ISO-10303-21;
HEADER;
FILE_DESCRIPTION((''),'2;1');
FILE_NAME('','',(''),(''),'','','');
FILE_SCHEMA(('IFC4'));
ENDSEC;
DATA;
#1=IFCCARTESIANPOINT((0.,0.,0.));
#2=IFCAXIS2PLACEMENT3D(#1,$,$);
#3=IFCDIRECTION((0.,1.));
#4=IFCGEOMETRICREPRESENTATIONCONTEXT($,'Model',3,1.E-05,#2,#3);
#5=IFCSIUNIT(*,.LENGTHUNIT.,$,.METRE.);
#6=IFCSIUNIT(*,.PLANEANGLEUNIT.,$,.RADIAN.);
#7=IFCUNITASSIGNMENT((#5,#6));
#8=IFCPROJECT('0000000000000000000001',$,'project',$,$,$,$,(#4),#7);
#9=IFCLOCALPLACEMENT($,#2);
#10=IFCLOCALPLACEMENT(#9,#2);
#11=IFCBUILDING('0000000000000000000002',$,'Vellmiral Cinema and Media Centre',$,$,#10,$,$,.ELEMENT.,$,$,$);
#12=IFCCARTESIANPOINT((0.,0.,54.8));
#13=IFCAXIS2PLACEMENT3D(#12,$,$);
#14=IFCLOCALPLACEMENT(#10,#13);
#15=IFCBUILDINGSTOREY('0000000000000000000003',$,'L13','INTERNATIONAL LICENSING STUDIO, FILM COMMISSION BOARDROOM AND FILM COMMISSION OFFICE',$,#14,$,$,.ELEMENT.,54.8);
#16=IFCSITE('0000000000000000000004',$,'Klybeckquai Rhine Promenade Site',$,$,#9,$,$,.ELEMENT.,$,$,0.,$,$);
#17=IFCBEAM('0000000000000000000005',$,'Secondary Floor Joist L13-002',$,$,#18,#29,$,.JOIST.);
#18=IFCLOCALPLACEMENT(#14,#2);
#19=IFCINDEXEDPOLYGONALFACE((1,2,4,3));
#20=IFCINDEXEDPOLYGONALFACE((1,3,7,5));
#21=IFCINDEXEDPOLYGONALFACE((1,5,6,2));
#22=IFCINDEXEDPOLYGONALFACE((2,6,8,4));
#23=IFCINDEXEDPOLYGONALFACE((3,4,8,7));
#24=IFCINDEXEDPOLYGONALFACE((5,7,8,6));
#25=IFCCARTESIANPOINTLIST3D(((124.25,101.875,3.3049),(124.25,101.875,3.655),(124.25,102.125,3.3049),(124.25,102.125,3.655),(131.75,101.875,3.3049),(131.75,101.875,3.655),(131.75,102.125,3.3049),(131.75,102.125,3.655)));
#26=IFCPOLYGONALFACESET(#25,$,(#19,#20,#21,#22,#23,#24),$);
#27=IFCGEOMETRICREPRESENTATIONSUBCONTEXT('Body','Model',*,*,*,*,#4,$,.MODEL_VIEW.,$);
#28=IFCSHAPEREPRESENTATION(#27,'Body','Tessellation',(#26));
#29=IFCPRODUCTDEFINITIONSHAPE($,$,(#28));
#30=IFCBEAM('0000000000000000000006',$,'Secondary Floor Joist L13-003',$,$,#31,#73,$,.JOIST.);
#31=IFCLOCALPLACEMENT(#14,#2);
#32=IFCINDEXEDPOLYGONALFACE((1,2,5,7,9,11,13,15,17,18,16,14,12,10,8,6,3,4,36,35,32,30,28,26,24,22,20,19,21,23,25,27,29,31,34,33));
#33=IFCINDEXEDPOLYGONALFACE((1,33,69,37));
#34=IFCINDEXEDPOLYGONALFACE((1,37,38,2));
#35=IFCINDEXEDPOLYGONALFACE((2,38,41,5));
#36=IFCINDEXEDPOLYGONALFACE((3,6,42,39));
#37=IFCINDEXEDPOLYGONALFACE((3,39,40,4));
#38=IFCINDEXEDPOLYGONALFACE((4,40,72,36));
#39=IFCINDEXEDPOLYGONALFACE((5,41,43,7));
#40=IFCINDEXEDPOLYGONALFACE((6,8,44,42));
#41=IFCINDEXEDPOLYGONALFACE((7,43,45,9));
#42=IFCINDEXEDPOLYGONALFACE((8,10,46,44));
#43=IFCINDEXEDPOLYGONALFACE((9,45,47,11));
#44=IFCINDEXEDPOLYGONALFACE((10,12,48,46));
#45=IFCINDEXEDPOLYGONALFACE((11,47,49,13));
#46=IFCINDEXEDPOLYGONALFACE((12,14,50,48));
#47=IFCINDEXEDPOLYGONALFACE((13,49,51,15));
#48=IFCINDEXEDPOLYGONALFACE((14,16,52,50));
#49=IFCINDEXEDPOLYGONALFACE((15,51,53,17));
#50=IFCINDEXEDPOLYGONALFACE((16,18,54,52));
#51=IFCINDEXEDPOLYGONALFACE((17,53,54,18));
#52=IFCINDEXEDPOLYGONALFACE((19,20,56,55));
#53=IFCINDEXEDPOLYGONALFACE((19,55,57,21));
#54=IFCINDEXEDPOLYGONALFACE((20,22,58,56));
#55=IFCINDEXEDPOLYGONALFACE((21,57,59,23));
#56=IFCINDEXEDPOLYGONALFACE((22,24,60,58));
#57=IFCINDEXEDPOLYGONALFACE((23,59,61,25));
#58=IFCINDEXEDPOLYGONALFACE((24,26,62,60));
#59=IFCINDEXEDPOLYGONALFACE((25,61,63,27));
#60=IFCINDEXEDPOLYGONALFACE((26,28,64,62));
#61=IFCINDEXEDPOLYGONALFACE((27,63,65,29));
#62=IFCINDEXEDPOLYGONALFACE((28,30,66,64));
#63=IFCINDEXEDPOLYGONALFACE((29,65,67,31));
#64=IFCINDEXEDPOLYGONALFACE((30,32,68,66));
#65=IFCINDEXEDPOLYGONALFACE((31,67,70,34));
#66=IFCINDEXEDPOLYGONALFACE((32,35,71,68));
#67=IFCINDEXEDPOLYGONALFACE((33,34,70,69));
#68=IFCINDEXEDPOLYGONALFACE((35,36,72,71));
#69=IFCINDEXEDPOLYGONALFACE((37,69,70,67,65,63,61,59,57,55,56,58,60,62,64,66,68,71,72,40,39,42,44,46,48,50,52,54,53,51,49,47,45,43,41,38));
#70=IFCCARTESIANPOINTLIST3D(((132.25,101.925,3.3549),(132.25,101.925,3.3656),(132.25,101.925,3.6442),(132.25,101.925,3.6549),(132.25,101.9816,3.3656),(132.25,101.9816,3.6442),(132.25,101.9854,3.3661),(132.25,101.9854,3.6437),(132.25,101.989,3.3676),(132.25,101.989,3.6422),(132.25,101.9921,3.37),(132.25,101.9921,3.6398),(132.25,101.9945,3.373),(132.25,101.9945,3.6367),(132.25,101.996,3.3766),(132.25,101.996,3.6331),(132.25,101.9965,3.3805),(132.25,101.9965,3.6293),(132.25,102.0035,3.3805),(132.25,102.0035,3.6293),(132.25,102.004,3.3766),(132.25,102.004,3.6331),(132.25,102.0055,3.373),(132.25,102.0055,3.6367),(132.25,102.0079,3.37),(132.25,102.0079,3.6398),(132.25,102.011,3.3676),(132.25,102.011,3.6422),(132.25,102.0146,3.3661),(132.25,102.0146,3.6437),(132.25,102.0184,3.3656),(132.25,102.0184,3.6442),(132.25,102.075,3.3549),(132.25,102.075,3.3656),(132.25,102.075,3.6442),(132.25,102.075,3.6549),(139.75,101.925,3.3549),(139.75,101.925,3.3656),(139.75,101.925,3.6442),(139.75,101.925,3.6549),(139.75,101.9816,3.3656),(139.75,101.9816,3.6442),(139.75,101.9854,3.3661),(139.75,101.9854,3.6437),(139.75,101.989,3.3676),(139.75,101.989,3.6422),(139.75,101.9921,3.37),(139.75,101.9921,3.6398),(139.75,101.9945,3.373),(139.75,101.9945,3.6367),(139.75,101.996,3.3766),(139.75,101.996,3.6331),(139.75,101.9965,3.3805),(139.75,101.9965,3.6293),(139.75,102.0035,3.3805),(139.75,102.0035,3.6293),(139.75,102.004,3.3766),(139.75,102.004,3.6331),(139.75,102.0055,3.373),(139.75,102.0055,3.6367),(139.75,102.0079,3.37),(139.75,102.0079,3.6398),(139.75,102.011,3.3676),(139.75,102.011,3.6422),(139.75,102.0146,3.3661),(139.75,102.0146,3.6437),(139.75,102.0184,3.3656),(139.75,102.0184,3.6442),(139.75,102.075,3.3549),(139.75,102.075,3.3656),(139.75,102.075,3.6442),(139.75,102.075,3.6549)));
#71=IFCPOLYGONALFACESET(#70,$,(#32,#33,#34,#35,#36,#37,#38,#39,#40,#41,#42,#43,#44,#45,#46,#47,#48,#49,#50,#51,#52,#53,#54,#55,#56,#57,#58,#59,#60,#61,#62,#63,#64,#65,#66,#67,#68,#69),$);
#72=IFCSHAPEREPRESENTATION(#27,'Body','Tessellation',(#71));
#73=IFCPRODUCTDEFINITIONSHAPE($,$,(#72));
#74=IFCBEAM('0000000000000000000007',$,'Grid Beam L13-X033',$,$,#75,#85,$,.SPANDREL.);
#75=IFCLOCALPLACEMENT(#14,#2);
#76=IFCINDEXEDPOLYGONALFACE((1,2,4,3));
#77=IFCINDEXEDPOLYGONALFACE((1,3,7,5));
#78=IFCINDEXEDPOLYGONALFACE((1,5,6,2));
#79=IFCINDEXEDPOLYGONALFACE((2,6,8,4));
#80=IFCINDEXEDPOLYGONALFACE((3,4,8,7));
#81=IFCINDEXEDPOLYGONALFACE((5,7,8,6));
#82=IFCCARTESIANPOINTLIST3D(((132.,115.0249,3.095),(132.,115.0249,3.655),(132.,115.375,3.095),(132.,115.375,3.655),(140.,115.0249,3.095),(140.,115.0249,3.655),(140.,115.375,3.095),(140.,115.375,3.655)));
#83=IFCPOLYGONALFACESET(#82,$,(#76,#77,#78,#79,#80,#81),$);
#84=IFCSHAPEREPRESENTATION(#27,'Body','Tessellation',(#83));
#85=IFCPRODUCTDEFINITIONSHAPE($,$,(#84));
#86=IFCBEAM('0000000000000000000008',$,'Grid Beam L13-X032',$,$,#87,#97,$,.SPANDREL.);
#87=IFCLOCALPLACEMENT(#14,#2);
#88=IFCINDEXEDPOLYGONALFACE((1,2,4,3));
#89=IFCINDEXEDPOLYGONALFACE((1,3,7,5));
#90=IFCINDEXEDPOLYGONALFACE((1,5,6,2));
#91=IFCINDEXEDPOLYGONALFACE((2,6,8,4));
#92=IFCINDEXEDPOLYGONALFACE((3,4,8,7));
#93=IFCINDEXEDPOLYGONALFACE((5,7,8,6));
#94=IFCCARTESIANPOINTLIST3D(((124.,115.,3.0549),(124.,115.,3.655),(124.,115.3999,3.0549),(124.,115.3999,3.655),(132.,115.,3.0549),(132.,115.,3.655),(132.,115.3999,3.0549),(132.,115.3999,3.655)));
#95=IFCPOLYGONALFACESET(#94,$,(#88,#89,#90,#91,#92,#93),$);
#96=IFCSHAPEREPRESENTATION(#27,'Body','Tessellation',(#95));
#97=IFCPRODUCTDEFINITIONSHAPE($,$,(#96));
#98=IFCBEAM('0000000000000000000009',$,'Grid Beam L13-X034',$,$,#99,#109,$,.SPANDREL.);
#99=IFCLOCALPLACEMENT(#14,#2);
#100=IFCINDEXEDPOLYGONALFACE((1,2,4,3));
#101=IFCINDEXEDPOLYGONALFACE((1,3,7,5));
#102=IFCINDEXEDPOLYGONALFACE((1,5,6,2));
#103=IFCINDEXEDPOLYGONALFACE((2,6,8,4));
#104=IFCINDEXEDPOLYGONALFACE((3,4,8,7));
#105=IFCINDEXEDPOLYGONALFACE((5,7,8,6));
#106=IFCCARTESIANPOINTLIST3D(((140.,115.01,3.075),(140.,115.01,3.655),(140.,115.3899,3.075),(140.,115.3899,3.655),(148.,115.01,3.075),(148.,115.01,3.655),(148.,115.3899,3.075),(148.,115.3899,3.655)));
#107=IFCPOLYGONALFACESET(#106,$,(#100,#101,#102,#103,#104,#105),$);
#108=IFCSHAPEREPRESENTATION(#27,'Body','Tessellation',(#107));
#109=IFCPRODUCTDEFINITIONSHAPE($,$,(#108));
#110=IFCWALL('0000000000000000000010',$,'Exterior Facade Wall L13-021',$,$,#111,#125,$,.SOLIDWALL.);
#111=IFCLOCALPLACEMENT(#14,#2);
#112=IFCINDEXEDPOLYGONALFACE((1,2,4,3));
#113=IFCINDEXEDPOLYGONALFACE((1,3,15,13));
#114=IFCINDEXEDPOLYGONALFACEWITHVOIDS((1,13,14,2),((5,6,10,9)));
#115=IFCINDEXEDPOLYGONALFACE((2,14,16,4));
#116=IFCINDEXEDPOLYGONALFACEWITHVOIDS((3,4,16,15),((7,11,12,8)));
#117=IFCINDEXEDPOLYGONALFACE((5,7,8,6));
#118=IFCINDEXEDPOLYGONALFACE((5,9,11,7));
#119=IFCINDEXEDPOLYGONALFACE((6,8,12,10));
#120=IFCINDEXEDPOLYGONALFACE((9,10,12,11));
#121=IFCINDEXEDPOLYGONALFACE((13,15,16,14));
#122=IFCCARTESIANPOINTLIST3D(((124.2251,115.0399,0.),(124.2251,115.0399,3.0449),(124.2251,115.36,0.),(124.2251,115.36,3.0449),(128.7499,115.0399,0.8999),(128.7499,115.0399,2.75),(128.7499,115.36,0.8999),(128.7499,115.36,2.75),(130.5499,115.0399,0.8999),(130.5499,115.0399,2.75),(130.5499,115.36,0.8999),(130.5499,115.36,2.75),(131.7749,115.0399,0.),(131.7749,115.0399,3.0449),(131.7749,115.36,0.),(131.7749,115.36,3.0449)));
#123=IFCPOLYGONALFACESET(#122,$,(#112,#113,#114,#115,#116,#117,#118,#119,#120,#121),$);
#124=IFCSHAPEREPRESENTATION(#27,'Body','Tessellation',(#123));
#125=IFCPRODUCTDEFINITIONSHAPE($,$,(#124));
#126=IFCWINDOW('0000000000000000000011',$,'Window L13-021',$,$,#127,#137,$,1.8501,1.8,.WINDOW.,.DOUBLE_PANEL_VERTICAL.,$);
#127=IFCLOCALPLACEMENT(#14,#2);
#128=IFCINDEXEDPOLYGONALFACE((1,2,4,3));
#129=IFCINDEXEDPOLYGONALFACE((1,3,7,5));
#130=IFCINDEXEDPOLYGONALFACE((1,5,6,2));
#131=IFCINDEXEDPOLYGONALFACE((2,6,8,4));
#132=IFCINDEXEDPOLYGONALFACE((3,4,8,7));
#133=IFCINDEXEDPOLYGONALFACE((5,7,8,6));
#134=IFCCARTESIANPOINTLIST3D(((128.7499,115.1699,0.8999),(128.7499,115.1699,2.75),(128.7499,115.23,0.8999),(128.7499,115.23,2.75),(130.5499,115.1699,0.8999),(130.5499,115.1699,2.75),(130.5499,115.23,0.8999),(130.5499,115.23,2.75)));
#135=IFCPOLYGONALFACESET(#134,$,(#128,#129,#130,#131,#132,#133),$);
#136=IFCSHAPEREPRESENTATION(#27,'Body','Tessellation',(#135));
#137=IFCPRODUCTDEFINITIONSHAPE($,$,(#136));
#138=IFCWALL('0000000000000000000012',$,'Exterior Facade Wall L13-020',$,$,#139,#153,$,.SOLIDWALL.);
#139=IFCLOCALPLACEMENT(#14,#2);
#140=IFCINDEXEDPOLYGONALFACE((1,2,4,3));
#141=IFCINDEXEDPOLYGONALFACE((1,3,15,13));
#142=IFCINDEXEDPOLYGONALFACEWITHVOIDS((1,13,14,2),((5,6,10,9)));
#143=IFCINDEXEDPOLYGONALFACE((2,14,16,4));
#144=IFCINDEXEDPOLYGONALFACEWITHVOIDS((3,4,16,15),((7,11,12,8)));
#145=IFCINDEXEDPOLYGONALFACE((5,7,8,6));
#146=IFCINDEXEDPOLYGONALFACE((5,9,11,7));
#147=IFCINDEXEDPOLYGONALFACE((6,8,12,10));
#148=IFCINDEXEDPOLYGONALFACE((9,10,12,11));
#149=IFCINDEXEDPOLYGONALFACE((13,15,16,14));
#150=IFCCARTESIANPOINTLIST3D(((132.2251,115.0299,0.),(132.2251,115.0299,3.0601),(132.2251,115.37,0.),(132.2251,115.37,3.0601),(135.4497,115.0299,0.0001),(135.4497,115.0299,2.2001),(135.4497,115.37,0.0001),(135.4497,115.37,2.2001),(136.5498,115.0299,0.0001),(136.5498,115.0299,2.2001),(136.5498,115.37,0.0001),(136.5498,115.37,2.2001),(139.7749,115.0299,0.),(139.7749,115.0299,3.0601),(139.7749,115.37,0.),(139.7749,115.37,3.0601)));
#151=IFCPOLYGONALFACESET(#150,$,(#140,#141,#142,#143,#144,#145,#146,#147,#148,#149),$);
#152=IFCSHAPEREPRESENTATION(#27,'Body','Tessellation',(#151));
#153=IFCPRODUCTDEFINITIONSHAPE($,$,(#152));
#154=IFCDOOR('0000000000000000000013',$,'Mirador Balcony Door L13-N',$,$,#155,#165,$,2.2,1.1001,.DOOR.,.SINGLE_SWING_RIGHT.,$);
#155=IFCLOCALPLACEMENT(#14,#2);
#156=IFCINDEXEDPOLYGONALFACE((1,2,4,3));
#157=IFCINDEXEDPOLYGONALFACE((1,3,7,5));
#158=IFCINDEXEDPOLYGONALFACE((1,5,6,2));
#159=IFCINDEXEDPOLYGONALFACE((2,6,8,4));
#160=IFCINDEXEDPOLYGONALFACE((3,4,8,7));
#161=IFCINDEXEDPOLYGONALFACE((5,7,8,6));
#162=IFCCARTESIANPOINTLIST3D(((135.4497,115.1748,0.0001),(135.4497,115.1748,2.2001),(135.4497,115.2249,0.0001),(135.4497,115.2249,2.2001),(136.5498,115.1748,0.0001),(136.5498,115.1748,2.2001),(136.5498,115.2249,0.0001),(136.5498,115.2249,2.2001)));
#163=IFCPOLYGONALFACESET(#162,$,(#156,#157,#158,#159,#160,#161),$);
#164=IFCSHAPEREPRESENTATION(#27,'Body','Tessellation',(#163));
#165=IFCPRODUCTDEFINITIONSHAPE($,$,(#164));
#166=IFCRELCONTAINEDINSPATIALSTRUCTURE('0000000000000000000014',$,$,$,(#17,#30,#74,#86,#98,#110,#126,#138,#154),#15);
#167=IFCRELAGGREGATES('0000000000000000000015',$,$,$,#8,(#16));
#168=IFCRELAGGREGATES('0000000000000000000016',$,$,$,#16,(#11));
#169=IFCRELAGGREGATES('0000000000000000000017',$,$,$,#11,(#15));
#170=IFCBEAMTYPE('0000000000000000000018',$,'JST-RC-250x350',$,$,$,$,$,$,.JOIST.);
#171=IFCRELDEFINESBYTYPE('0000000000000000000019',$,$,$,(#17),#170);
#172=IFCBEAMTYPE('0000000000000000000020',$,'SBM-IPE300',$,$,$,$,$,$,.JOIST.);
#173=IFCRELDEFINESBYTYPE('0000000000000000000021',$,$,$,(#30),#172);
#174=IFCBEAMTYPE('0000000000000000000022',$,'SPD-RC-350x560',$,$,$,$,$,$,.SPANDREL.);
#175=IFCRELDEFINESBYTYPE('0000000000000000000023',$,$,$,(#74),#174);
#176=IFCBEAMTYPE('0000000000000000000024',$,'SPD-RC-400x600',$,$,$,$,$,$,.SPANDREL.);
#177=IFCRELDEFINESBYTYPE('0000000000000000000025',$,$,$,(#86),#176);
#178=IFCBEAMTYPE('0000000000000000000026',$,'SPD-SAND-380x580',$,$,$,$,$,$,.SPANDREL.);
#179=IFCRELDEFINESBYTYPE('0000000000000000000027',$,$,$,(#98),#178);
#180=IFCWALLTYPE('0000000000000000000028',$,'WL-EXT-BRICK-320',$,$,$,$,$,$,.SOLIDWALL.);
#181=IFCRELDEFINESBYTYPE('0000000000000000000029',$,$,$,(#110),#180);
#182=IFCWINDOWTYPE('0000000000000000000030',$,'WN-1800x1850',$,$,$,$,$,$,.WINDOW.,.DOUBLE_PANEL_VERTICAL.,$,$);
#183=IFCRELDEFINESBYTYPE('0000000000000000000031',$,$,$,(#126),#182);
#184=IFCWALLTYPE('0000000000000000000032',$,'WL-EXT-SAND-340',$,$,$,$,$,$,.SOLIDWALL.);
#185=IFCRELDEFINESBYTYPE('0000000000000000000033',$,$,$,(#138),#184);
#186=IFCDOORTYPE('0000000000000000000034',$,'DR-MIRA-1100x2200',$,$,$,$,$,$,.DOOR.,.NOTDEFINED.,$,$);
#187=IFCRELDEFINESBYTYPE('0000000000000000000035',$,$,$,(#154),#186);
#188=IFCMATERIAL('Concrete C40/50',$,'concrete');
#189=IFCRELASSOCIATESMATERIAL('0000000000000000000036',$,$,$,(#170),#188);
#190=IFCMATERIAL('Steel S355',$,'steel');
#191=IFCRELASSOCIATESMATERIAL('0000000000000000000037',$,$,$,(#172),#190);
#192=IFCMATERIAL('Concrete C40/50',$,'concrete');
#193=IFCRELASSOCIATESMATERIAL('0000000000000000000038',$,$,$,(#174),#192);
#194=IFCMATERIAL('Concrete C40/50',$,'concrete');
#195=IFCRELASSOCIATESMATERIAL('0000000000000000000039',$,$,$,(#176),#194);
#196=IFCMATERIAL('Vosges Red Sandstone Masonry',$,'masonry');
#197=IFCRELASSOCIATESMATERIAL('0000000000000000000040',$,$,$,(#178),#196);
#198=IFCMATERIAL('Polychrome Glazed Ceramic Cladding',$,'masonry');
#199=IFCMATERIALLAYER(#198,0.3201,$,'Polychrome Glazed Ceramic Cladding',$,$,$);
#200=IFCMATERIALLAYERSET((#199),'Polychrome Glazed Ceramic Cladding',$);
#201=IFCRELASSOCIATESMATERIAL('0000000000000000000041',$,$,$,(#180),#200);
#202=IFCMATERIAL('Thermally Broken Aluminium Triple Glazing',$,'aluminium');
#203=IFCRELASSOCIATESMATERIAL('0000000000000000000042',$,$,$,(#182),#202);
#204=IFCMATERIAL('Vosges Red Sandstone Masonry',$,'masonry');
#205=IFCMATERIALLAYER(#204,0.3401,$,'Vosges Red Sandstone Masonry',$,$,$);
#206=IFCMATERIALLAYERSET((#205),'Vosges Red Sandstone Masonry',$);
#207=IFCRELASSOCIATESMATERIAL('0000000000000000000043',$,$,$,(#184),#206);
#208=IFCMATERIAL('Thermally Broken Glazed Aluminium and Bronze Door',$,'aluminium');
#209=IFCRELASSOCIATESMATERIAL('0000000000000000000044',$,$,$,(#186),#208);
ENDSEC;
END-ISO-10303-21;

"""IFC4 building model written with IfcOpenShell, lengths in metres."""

from ifc_helpers import new_model, si_unit, direction, frame, frame_2d, origin, origin_2d, place, context, subcontext, project, spatial, rectangle, i_section, extrude, material, layer, layer_set, material_profile, profile_set, type_object, element, fill, save


model = new_model("IFC4")

# Units and contexts
model_context = context("Model", 3, precision=1e-05, world=origin(), true_north=direction((0.0, 1.0)))
body_context = subcontext(model_context, "Body", "Model", "MODEL_VIEW")
ifc_project = project(units=[si_unit("LENGTHUNIT", "METRE"), si_unit("PLANEANGLEUNIT", "RADIAN")], contexts=[model_context])

# Site, building, storey
site_placement = place(None, origin())
site = spatial("IfcSite", under=ifc_project, at=site_placement, Name="Klybeckquai Rhine Promenade Site", CompositionType="ELEMENT", RefElevation=0.0)
building_placement = place(site_placement, origin())
building = spatial("IfcBuilding", under=site, at=building_placement, Name="Vellmiral Cinema and Media Centre", CompositionType="ELEMENT")
storey_placement = place(building_placement, frame((0.0, 0.0, 54.8)))
storey = spatial("IfcBuildingStorey", under=building, at=storey_placement, Name="L13", Description="INTERNATIONAL LICENSING STUDIO, FILM COMMISSION BOARDROOM AND FILM COMMISSION OFFICE", CompositionType="ELEMENT", Elevation=54.8)

# Beams
ifc_material_1 = material(Name="Concrete C40/50", Category="concrete")
ifc_material_profile_1 = material_profile(ifc_material_1, rectangle(XDim=0.25, YDim=0.3501, at=origin_2d()), Name="RC 250x350")
ifc_profile_set_1 = profile_set([ifc_material_profile_1], Name="Concrete C40/50")
beam_type_1 = type_object("IfcBeamType", Name="JST-RC-250x350", PredefinedType="JOIST", material=ifc_profile_set_1)
beam_1_placement = place(storey_placement, frame((124.25, 102.0, 3.48), z_axis=(1.0, 0.0, 0.0), x_axis=(0.0, 1.0, 0.0)))
element("IfcBeam", 1, at=beam_1_placement, inside=storey, type_object=beam_type_1, Name="Secondary Floor Joist L13-002", PredefinedType="JOIST", context=body_context, shape_type="SweptSolid", body=[
    extrude(rectangle(XDim=0.25, YDim=0.3501, at=origin_2d()), origin(), (0.0, 0.0, 1.0), 7.5),
])
ifc_material_2 = material(Name="Steel S355", Category="steel")
ifc_material_profile_2 = material_profile(ifc_material_2, i_section(OverallWidth=0.1499, OverallDepth=0.3, WebThickness=0.0071, FlangeThickness=0.0107, FilletRadius=0.0149, at=origin_2d()), Name="IPE 300")
ifc_profile_set_2 = profile_set([ifc_material_profile_2], Name="Steel S355")
beam_type_2 = type_object("IfcBeamType", Name="SBM-IPE300", PredefinedType="JOIST", material=ifc_profile_set_2)
beam_2_placement = place(storey_placement, frame((132.25, 102.0, 3.5049), z_axis=(1.0, 0.0, 0.0), x_axis=(0.0, 1.0, 0.0)))
element("IfcBeam", 2, at=beam_2_placement, inside=storey, type_object=beam_type_2, Name="Secondary Floor Joist L13-003", PredefinedType="JOIST", context=body_context, shape_type="SweptSolid", body=[
    extrude(i_section(OverallWidth=0.1499, OverallDepth=0.3, WebThickness=0.0071, FlangeThickness=0.0107, FilletRadius=0.0149, at=origin_2d()), origin(), (0.0, 0.0, 1.0), 7.5),
])
ifc_material_3 = material(Name="Concrete C40/50", Category="concrete")
ifc_material_profile_3 = material_profile(ifc_material_3, rectangle(XDim=0.3501, YDim=0.5601, at=origin_2d()), Name="RC 350x560")
ifc_profile_set_3 = profile_set([ifc_material_profile_3], Name="Concrete C40/50")
beam_type_3 = type_object("IfcBeamType", Name="SPD-RC-350x560", PredefinedType="SPANDREL", material=ifc_profile_set_3)
beam_3_placement = place(storey_placement, frame((132.0, 115.2, 3.375), z_axis=(1.0, 0.0, 0.0), x_axis=(0.0, 1.0, 0.0)))
element("IfcBeam", 3, at=beam_3_placement, inside=storey, type_object=beam_type_3, Name="Grid Beam L13-X033", PredefinedType="SPANDREL", context=body_context, shape_type="SweptSolid", body=[
    extrude(rectangle(XDim=0.3501, YDim=0.5601, at=origin_2d()), origin(), (0.0, 0.0, 1.0), 8.0),
])
ifc_material_4 = material(Name="Concrete C40/50", Category="concrete")
ifc_material_profile_4 = material_profile(ifc_material_4, rectangle(XDim=0.3999, YDim=0.6001, at=origin_2d()), Name="RC 400x600")
ifc_profile_set_4 = profile_set([ifc_material_profile_4], Name="Concrete C40/50")
beam_type_4 = type_object("IfcBeamType", Name="SPD-RC-400x600", PredefinedType="SPANDREL", material=ifc_profile_set_4)
beam_4_placement = place(storey_placement, frame((124.0, 115.2, 3.355), z_axis=(1.0, 0.0, 0.0), x_axis=(0.0, 1.0, 0.0)))
element("IfcBeam", 4, at=beam_4_placement, inside=storey, type_object=beam_type_4, Name="Grid Beam L13-X032", PredefinedType="SPANDREL", context=body_context, shape_type="SweptSolid", body=[
    extrude(rectangle(XDim=0.3999, YDim=0.6001, at=origin_2d()), origin(), (0.0, 0.0, 1.0), 8.0),
])
ifc_material_5 = material(Name="Vosges Red Sandstone Masonry", Category="masonry")
ifc_material_profile_5 = material_profile(ifc_material_5, rectangle(XDim=0.3799, YDim=0.5801, at=origin_2d()), Name="SAND 380x580")
ifc_profile_set_5 = profile_set([ifc_material_profile_5], Name="Vosges Red Sandstone Masonry")
beam_type_5 = type_object("IfcBeamType", Name="SPD-SAND-380x580", PredefinedType="SPANDREL", material=ifc_profile_set_5)
beam_5_placement = place(storey_placement, frame((140.0, 115.2, 3.365), z_axis=(1.0, 0.0, 0.0), x_axis=(0.0, 1.0, 0.0)))
element("IfcBeam", 5, at=beam_5_placement, inside=storey, type_object=beam_type_5, Name="Grid Beam L13-X034", PredefinedType="SPANDREL", context=body_context, shape_type="SweptSolid", body=[
    extrude(rectangle(XDim=0.3799, YDim=0.5801, at=origin_2d()), origin(), (0.0, 0.0, 1.0), 8.0),
])

# Wall, opening, window
ifc_material_6 = material(Name="Polychrome Glazed Ceramic Cladding", Category="masonry")
ifc_layer_1 = layer(ifc_material_6, 0.3201, Name="Polychrome Glazed Ceramic Cladding")
ifc_layer_set_1 = layer_set([ifc_layer_1], Name="Polychrome Glazed Ceramic Cladding")
wall_type_1 = type_object("IfcWallType", Name="WL-EXT-BRICK-320", PredefinedType="SOLIDWALL", material=ifc_layer_set_1)
wall_1_placement = place(storey_placement, frame((131.7749, 115.2, 0.0), z_axis=(0.0, 0.0, 1.0), x_axis=(-1.0, 0.0, 0.0)))
wall_1 = element("IfcWall", 6, at=wall_1_placement, inside=storey, type_object=wall_type_1, Name="Exterior Facade Wall L13-021", PredefinedType="SOLIDWALL", context=body_context, shape_type="SweptSolid", body=[
    extrude(rectangle(XDim=7.5498, YDim=0.3201, at=frame_2d((3.7749, 0.0))), origin(), (0.0, 0.0, 1.0), 3.0449),
])
opening_1_placement = place(wall_1_placement, frame((1.2251, 0.0, 0.8999)))
opening_1 = element("IfcOpeningElement", 7, at=opening_1_placement, cuts=wall_1, PredefinedType="OPENING", context=body_context, shape_type="SweptSolid", body=[
    extrude(rectangle(XDim=1.8, YDim=1.8501, at=frame_2d((0.8999, 0.925))), frame((0.0, 0.1719, 0.0), z_axis=(0.0, -1.0, 0.0), x_axis=(1.0, 0.0, 0.0)), (0.0, 0.0, 1.0), 0.344),
])
ifc_material_7 = material(Name="Thermally Broken Aluminium Triple Glazing", Category="aluminium")
window_type = type_object("IfcWindowType", Name="WN-1800x1850", PartitioningType="DOUBLE_PANEL_VERTICAL", PredefinedType="WINDOW", material=ifc_material_7)
window_placement = place(opening_1_placement, origin())
window = element("IfcWindow", 8, at=window_placement, inside=storey, type_object=window_type, Name="Window L13-021", OverallHeight=1.8501, OverallWidth=1.8, PartitioningType="DOUBLE_PANEL_VERTICAL", PredefinedType="WINDOW", context=body_context, shape_type="SweptSolid", body=[
    extrude(rectangle(XDim=1.8, YDim=1.8501, at=frame_2d((0.8999, 0.925))), frame((0.0, 0.03, 0.0), z_axis=(0.0, -1.0, 0.0), x_axis=(1.0, 0.0, 0.0)), (0.0, 0.0, 1.0), 0.0601),
])
fill(opening_1, window)

# Wall, opening, door
ifc_material_8 = material(Name="Vosges Red Sandstone Masonry", Category="masonry")
ifc_layer_2 = layer(ifc_material_8, 0.3401, Name="Vosges Red Sandstone Masonry")
ifc_layer_set_2 = layer_set([ifc_layer_2], Name="Vosges Red Sandstone Masonry")
wall_type_2 = type_object("IfcWallType", Name="WL-EXT-SAND-340", PredefinedType="SOLIDWALL", material=ifc_layer_set_2)
wall_2_placement = place(storey_placement, frame((139.7749, 115.2, 0.0), z_axis=(0.0, 0.0, 1.0), x_axis=(-1.0, 0.0, 0.0)))
wall_2 = element("IfcWall", 9, at=wall_2_placement, inside=storey, type_object=wall_type_2, Name="Exterior Facade Wall L13-020", PredefinedType="SOLIDWALL", context=body_context, shape_type="SweptSolid", body=[
    extrude(rectangle(XDim=7.5498, YDim=0.3401, at=frame_2d((3.7749, 0.0))), origin(), (0.0, 0.0, 1.0), 3.0601),
])
opening_2_placement = place(wall_2_placement, frame((3.2251, 0.0, 0.0)))
opening_2 = element("IfcOpeningElement", 10, at=opening_2_placement, cuts=wall_2, PredefinedType="OPENING", context=body_context, shape_type="SweptSolid", body=[
    extrude(rectangle(XDim=1.1001, YDim=2.2, at=frame_2d((0.55, 1.1001))), frame((0.0, 0.1821, 0.0), z_axis=(0.0, -1.0, 0.0), x_axis=(1.0, 0.0, 0.0)), (0.0, 0.0, 1.0), 0.364),
])
ifc_material_9 = material(Name="Thermally Broken Glazed Aluminium and Bronze Door", Category="aluminium")
door_type_1 = type_object("IfcDoorType", Name="DR-MIRA-1100x2200", OperationType="NOTDEFINED", PredefinedType="DOOR", material=ifc_material_9)
door_1_placement = place(opening_2_placement, frame((1.1001, 0.0, 0.0), z_axis=(0.0, 0.0, 1.0), x_axis=(-1.0, 0.0, 0.0)))
door_1 = element("IfcDoor", 11, at=door_1_placement, inside=storey, type_object=door_type_1, Name="Mirador Balcony Door L13-N", OperationType="SINGLE_SWING_RIGHT", OverallHeight=2.2, OverallWidth=1.1001, PredefinedType="DOOR", context=body_context, shape_type="SweptSolid", body=[
    extrude(rectangle(XDim=1.1001, YDim=2.2, at=frame_2d((0.55, 1.1001))), frame((0.0, 0.0249, 0.0), z_axis=(0.0, -1.0, 0.0), x_axis=(1.0, 0.0, 0.0)), (0.0, 0.0, 1.0), 0.05),
])
fill(opening_2, door_1)

save(model, "model.ifc")
